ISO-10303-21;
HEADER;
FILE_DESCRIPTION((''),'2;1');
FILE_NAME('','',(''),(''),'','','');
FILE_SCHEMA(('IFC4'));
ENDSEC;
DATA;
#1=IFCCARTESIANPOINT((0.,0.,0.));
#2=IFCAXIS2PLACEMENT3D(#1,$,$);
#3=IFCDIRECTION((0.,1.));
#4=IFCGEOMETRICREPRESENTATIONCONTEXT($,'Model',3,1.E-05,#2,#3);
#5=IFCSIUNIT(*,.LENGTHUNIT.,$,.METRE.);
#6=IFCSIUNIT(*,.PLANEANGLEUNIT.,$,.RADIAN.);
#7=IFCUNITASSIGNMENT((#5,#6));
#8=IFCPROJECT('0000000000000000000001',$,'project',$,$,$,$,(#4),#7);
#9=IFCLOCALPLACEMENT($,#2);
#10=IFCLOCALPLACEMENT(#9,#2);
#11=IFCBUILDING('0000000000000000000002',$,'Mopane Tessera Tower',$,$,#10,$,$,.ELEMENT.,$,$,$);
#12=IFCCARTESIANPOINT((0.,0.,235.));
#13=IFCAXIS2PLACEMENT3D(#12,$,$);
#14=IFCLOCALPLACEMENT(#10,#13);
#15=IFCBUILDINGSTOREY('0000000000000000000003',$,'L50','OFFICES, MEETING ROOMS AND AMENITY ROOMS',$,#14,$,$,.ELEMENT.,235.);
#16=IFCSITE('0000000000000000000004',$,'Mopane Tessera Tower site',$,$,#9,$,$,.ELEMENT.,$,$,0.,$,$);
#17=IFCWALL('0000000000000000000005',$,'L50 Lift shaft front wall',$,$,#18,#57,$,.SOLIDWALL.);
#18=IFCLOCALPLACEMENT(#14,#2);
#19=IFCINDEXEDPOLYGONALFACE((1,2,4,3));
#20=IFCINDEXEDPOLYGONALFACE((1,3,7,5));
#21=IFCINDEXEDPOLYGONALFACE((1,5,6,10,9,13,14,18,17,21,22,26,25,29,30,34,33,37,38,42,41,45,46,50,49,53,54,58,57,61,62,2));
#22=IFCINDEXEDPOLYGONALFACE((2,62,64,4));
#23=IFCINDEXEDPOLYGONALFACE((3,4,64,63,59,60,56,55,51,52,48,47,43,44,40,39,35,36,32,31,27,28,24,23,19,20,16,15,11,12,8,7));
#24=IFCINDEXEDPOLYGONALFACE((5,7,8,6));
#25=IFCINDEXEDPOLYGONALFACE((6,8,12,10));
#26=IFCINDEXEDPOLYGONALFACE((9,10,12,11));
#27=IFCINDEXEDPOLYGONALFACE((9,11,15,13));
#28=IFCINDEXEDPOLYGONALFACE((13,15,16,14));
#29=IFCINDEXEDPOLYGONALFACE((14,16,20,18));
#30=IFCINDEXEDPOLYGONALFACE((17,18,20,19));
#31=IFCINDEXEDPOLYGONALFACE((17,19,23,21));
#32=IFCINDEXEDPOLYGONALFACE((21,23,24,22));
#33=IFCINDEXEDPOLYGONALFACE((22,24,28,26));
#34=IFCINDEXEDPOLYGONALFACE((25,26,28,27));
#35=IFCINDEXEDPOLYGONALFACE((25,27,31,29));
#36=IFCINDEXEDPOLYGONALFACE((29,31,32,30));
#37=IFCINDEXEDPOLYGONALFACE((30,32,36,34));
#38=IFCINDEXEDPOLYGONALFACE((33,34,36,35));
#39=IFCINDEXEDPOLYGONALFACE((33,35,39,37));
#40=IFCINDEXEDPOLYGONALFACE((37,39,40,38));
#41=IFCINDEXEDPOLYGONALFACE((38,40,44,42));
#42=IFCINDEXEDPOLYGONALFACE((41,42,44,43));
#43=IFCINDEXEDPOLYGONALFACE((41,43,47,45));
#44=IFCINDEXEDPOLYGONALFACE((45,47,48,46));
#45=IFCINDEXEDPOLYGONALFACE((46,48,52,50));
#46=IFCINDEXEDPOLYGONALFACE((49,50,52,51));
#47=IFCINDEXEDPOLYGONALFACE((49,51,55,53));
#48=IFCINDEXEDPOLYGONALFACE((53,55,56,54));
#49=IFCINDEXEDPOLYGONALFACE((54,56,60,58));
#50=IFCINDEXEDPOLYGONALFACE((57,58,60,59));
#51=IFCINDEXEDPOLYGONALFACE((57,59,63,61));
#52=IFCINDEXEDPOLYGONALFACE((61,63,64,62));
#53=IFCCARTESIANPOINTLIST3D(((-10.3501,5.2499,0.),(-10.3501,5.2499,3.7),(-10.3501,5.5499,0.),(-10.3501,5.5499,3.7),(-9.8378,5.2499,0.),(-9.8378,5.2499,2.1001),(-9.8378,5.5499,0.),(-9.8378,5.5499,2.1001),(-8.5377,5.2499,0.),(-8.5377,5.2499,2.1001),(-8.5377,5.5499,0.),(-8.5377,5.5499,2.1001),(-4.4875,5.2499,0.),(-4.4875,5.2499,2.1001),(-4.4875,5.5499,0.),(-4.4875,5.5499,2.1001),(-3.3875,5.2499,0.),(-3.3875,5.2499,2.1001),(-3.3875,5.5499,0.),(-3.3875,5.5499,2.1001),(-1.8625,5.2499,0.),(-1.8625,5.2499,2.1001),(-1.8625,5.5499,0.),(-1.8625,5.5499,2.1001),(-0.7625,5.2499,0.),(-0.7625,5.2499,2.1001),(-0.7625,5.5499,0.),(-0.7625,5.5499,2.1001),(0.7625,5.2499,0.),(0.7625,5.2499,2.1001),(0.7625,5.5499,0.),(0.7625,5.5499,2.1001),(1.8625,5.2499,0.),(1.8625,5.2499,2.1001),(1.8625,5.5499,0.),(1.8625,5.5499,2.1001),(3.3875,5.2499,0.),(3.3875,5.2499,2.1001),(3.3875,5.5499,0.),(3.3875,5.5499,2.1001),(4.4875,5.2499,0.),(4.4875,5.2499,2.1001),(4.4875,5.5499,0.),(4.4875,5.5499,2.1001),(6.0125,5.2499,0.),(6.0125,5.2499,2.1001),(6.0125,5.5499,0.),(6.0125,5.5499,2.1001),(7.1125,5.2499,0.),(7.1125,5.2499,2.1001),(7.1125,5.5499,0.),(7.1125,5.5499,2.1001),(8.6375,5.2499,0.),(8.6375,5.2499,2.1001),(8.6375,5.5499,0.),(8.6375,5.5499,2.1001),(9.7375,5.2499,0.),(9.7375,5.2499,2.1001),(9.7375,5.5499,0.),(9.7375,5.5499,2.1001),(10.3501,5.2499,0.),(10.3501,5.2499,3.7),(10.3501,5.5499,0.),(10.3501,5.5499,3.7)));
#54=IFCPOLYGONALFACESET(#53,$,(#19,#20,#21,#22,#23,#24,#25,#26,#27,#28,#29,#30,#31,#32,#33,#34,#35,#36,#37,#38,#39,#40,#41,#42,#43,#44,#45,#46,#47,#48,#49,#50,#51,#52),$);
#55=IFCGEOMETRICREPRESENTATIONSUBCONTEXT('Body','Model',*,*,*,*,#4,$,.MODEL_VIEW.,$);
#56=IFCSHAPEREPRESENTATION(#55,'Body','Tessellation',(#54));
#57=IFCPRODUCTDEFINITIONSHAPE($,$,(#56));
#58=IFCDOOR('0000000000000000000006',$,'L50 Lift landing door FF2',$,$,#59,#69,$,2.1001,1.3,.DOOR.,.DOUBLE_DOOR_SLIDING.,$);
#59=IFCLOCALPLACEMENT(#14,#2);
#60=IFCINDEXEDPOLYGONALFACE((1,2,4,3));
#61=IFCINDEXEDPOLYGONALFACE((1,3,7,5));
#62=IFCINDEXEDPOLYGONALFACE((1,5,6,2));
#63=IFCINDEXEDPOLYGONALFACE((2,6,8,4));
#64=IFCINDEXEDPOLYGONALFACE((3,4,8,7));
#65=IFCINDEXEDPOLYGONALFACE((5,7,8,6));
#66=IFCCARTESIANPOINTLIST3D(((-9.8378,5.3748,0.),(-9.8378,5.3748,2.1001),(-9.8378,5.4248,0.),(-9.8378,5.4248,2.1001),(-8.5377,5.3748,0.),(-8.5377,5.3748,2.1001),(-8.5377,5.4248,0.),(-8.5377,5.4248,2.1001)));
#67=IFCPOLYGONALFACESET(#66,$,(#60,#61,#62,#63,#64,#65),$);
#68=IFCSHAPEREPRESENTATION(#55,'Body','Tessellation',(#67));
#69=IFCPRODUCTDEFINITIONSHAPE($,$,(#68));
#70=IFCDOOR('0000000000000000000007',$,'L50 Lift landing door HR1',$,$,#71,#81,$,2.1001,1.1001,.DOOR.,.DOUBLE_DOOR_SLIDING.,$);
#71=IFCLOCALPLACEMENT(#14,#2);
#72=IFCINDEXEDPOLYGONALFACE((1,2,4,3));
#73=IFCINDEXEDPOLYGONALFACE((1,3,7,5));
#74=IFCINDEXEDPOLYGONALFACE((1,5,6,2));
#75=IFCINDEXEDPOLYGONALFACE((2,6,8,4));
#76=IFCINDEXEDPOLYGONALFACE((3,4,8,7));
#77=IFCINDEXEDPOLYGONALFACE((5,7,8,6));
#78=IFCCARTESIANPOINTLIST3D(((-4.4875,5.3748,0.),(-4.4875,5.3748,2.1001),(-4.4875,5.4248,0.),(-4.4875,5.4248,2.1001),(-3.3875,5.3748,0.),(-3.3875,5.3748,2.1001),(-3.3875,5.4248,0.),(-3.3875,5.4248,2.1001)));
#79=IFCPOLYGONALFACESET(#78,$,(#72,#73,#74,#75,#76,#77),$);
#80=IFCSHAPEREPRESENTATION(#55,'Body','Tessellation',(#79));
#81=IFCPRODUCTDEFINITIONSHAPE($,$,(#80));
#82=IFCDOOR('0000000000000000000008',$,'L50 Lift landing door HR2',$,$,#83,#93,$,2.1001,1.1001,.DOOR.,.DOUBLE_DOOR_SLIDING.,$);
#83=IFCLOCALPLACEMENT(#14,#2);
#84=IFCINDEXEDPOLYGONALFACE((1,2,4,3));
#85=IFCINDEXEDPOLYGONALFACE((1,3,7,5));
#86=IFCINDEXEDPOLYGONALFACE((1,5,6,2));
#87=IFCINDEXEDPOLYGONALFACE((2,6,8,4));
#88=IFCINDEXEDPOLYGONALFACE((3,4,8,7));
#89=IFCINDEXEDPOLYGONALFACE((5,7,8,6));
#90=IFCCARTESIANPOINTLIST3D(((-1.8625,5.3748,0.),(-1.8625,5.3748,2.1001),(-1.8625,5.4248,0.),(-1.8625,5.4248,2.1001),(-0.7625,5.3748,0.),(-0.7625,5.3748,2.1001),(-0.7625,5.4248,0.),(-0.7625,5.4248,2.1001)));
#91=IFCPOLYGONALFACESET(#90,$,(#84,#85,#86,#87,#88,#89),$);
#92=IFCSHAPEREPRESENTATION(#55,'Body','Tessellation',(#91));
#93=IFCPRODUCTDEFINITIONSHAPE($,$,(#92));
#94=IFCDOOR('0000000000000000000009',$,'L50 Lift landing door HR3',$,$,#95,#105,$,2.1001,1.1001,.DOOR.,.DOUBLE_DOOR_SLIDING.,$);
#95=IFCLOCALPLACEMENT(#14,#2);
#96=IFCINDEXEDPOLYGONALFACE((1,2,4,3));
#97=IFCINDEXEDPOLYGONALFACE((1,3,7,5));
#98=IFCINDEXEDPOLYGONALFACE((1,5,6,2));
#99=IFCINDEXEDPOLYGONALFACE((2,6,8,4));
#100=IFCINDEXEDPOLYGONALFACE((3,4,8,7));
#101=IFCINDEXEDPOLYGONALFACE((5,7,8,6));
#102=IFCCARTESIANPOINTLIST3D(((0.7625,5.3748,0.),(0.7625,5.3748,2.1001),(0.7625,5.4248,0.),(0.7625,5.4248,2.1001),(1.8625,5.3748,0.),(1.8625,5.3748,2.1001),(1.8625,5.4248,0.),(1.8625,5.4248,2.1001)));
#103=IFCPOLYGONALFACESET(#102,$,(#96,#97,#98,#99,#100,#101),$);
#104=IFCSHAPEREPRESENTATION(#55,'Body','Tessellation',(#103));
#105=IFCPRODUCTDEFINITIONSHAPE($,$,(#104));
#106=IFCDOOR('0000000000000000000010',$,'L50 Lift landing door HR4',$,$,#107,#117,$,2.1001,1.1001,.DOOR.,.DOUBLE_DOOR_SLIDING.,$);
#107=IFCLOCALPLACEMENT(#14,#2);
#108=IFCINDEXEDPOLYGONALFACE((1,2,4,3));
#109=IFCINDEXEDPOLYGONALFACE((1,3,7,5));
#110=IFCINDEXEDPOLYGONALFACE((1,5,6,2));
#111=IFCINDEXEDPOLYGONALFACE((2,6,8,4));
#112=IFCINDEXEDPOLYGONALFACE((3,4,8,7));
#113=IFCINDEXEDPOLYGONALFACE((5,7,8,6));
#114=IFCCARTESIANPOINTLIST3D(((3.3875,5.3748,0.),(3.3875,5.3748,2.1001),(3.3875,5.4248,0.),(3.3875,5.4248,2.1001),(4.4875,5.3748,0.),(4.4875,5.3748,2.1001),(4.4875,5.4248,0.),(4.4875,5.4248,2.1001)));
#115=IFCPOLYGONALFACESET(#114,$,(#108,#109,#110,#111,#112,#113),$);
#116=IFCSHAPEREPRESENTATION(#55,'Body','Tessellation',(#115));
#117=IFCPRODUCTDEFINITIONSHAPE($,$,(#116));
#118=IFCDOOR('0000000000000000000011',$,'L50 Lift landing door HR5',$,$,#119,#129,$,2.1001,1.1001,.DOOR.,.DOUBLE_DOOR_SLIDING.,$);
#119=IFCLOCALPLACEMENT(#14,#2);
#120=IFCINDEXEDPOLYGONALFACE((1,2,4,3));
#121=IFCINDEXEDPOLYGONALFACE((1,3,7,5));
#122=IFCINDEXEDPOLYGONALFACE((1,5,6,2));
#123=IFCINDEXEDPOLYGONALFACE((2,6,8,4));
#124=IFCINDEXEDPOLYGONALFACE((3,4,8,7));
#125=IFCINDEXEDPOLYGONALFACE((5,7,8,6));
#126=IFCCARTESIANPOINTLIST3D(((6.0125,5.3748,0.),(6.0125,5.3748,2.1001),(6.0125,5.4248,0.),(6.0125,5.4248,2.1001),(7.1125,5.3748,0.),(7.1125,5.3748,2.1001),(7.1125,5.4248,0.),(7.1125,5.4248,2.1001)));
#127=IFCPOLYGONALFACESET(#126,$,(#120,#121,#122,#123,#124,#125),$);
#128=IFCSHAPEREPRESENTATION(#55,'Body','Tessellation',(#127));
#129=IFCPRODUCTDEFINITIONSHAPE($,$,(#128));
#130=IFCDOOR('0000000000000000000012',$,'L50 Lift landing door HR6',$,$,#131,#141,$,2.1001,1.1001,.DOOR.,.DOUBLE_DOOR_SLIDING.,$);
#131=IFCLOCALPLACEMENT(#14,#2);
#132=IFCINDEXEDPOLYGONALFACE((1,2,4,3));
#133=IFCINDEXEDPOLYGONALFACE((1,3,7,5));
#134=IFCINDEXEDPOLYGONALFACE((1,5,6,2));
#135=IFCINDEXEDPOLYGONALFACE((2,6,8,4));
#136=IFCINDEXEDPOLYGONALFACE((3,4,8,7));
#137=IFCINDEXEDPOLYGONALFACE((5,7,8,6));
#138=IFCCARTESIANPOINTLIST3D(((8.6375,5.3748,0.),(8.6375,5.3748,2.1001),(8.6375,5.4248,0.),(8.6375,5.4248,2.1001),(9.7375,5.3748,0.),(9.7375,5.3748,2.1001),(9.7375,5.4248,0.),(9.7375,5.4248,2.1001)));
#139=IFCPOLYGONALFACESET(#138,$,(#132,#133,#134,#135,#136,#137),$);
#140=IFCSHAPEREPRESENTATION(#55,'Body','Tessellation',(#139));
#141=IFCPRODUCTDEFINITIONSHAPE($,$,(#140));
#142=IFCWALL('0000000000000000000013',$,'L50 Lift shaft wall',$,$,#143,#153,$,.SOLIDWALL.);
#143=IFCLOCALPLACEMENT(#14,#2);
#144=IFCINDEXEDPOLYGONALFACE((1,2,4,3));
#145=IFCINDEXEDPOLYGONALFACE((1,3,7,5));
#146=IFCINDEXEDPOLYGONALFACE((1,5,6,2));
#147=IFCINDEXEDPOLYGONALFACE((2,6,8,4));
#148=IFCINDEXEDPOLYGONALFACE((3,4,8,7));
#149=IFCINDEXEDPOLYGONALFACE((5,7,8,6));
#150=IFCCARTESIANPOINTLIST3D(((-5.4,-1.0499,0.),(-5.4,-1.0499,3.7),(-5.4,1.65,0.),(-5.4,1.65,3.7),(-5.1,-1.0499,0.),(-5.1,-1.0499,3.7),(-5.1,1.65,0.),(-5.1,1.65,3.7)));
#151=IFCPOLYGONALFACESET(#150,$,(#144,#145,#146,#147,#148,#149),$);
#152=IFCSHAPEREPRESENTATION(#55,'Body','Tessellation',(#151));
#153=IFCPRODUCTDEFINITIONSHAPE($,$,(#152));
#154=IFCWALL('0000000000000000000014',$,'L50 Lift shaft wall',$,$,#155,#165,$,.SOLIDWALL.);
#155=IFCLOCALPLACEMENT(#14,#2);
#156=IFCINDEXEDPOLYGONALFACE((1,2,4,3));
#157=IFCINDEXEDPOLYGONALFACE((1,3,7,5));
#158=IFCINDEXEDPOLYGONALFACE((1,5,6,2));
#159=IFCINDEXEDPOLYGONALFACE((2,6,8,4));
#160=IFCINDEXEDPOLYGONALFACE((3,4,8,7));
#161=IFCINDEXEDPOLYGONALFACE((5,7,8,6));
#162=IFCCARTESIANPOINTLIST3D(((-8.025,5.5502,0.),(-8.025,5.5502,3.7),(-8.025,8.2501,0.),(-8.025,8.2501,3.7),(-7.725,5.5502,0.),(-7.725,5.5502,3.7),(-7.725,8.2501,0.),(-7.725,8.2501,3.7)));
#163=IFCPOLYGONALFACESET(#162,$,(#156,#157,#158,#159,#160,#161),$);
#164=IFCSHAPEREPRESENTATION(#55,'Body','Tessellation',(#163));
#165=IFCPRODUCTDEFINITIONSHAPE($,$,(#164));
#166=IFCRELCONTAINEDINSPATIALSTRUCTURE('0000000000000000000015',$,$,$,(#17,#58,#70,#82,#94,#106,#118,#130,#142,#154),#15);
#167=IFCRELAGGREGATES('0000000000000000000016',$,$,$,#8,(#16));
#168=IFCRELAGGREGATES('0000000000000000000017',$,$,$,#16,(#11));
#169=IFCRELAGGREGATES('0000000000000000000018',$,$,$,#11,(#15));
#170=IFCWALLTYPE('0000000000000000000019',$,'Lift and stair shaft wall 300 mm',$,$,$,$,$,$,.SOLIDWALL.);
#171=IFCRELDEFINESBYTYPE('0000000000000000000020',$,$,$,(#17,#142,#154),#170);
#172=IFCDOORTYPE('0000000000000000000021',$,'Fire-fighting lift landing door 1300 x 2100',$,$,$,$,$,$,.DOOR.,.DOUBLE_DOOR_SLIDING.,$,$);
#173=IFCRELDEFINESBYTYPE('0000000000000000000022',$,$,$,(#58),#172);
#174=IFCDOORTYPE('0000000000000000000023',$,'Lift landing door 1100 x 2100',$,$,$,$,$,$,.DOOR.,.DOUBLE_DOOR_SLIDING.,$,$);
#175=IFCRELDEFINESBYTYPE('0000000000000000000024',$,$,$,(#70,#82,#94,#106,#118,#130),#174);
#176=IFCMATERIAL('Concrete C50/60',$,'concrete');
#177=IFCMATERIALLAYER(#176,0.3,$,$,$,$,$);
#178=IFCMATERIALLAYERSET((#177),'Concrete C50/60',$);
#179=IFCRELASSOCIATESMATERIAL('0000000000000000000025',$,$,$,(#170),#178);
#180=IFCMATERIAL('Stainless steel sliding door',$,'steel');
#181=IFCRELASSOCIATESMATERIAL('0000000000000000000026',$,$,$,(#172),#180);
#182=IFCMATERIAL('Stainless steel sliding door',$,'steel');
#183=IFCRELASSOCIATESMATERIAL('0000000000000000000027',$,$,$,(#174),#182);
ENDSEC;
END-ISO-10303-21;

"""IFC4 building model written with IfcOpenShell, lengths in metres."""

from ifc_helpers import new_model, si_unit, direction, frame, frame_2d, origin, place, context, subcontext, project, spatial, rectangle, extrude, material, layer, layer_set, type_object, element, fill, save


model = new_model("IFC4")

# Units and contexts
model_context = context("Model", 3, precision=1e-05, world=origin(), true_north=direction((0.0, 1.0)))
body_context = subcontext(model_context, "Body", "Model", "MODEL_VIEW")
ifc_project = project(units=[si_unit("LENGTHUNIT", "METRE"), si_unit("PLANEANGLEUNIT", "RADIAN")], contexts=[model_context])

# Site, building, storey
site_placement = place(None, origin())
site = spatial("IfcSite", under=ifc_project, at=site_placement, Name="Mopane Tessera Tower site", CompositionType="ELEMENT", RefElevation=0.0)
building_placement = place(site_placement, origin())
building = spatial("IfcBuilding", under=site, at=building_placement, Name="Mopane Tessera Tower", CompositionType="ELEMENT")
storey_placement = place(building_placement, frame((0.0, 0.0, 235.0)))
storey = spatial("IfcBuildingStorey", under=building, at=storey_placement, Name="L50", Description="OFFICES, MEETING ROOMS AND AMENITY ROOMS", CompositionType="ELEMENT", Elevation=235.0)

# Wall, openings, doors
ifc_material_1 = material(Name="Concrete C50/60", Category="concrete")
ifc_layer_1 = layer(ifc_material_1, 0.3)
ifc_layer_set_1 = layer_set([ifc_layer_1], Name="Concrete C50/60")
wall_type_1 = type_object("IfcWallType", Name="Lift and stair shaft wall 300 mm", PredefinedType="SOLIDWALL", material=ifc_layer_set_1)
ifc_material_2 = material(Name="Stainless steel sliding door", Category="steel")
door_type_1 = type_object("IfcDoorType", Name="Fire-fighting lift landing door 1300 x 2100", OperationType="DOUBLE_DOOR_SLIDING", PredefinedType="DOOR", material=ifc_material_2)
wall_1_placement = place(storey_placement, frame((-10.3501, 5.3999, 0.0), z_axis=(0.0, 0.0, 1.0), x_axis=(1.0, 0.0, 0.0)))
wall_1 = element("IfcWall", 1, at=wall_1_placement, inside=storey, type_object=wall_type_1, Name="L50 Lift shaft front wall", PredefinedType="SOLIDWALL", context=body_context, shape_type="SweptSolid", body=[
    extrude(rectangle(XDim=20.7002, YDim=0.3, at=frame_2d((10.3501, 0.0))), origin(), (0.0, 0.0, 1.0), 3.7),
])
opening_1_placement = place(wall_1_placement, frame((0.5125, 0.0, 0.0)))
opening_1 = element("IfcOpeningElement", 2, at=opening_1_placement, cuts=wall_1, PredefinedType="OPENING", context=body_context, shape_type="SweptSolid", body=[
    extrude(rectangle(XDim=1.3, YDim=2.1001, at=frame_2d((0.6499, 1.05))), frame((0.0, 0.1621, 0.0), z_axis=(0.0, -1.0, 0.0), x_axis=(1.0, 0.0, 0.0)), (0.0, 0.0, 1.0), 0.324),
])
opening_2_placement = place(wall_1_placement, frame((5.8625, 0.0, 0.0)))
opening_2 = element("IfcOpeningElement", 3, at=opening_2_placement, cuts=wall_1, PredefinedType="OPENING", context=body_context, shape_type="SweptSolid", body=[
    extrude(rectangle(XDim=1.1001, YDim=2.1001, at=frame_2d((0.55, 1.05))), frame((0.0, 0.1621, 0.0), z_axis=(0.0, -1.0, 0.0), x_axis=(1.0, 0.0, 0.0)), (0.0, 0.0, 1.0), 0.324),
])
opening_3_placement = place(wall_1_placement, frame((8.4875, 0.0, 0.0)))
opening_3 = element("IfcOpeningElement", 4, at=opening_3_placement, cuts=wall_1, PredefinedType="OPENING", context=body_context, shape_type="SweptSolid", body=[
    extrude(rectangle(XDim=1.1001, YDim=2.1001, at=frame_2d((0.55, 1.05))), frame((0.0, 0.1621, 0.0), z_axis=(0.0, -1.0, 0.0), x_axis=(1.0, 0.0, 0.0)), (0.0, 0.0, 1.0), 0.324),
])
opening_4_placement = place(wall_1_placement, frame((11.1125, 0.0, 0.0)))
opening_4 = element("IfcOpeningElement", 5, at=opening_4_placement, cuts=wall_1, PredefinedType="OPENING", context=body_context, shape_type="SweptSolid", body=[
    extrude(rectangle(XDim=1.1001, YDim=2.1001, at=frame_2d((0.55, 1.05))), frame((0.0, 0.1621, 0.0), z_axis=(0.0, -1.0, 0.0), x_axis=(1.0, 0.0, 0.0)), (0.0, 0.0, 1.0), 0.324),
])
opening_5_placement = place(wall_1_placement, frame((13.7375, 0.0, 0.0)))
opening_5 = element("IfcOpeningElement", 6, at=opening_5_placement, cuts=wall_1, PredefinedType="OPENING", context=body_context, shape_type="SweptSolid", body=[
    extrude(rectangle(XDim=1.1001, YDim=2.1001, at=frame_2d((0.55, 1.05))), frame((0.0, 0.1621, 0.0), z_axis=(0.0, -1.0, 0.0), x_axis=(1.0, 0.0, 0.0)), (0.0, 0.0, 1.0), 0.324),
])
opening_6_placement = place(wall_1_placement, frame((16.3625, 0.0, 0.0)))
opening_6 = element("IfcOpeningElement", 7, at=opening_6_placement, cuts=wall_1, PredefinedType="OPENING", context=body_context, shape_type="SweptSolid", body=[
    extrude(rectangle(XDim=1.1001, YDim=2.1001, at=frame_2d((0.55, 1.05))), frame((0.0, 0.1621, 0.0), z_axis=(0.0, -1.0, 0.0), x_axis=(1.0, 0.0, 0.0)), (0.0, 0.0, 1.0), 0.324),
])
opening_7_placement = place(wall_1_placement, frame((18.9875, 0.0, 0.0)))
opening_7 = element("IfcOpeningElement", 8, at=opening_7_placement, cuts=wall_1, PredefinedType="OPENING", context=body_context, shape_type="SweptSolid", body=[
    extrude(rectangle(XDim=1.1001, YDim=2.1001, at=frame_2d((0.55, 1.05))), frame((0.0, 0.1621, 0.0), z_axis=(0.0, -1.0, 0.0), x_axis=(1.0, 0.0, 0.0)), (0.0, 0.0, 1.0), 0.324),
])
door_1_placement = place(opening_1_placement, origin())
door_1 = element("IfcDoor", 9, at=door_1_placement, inside=storey, type_object=door_type_1, Name="L50 Lift landing door FF2", OperationType="DOUBLE_DOOR_SLIDING", OverallHeight=2.1001, OverallWidth=1.3, PredefinedType="DOOR", context=body_context, shape_type="SweptSolid", body=[
    extrude(rectangle(XDim=1.3, YDim=2.1001, at=frame_2d((0.6499, 1.05))), frame((0.0, 0.0249, 0.0), z_axis=(0.0, -1.0, 0.0), x_axis=(1.0, 0.0, 0.0)), (0.0, 0.0, 1.0), 0.05),
])
fill(opening_1, door_1)
ifc_material_3 = material(Name="Stainless steel sliding door", Category="steel")
door_type_2 = type_object("IfcDoorType", Name="Lift landing door 1100 x 2100", OperationType="DOUBLE_DOOR_SLIDING", PredefinedType="DOOR", material=ifc_material_3)
door_2_placement = place(opening_2_placement, origin())
door_2 = element("IfcDoor", 10, at=door_2_placement, inside=storey, type_object=door_type_2, Name="L50 Lift landing door HR1", OperationType="DOUBLE_DOOR_SLIDING", OverallHeight=2.1001, OverallWidth=1.1001, PredefinedType="DOOR", context=body_context, shape_type="SweptSolid", body=[
    extrude(rectangle(XDim=1.1001, YDim=2.1001, at=frame_2d((0.55, 1.05))), frame((0.0, 0.0249, 0.0), z_axis=(0.0, -1.0, 0.0), x_axis=(1.0, 0.0, 0.0)), (0.0, 0.0, 1.0), 0.05),
])
fill(opening_2, door_2)
door_3_placement = place(opening_3_placement, origin())
door_3 = element("IfcDoor", 11, at=door_3_placement, inside=storey, type_object=door_type_2, Name="L50 Lift landing door HR2", OperationType="DOUBLE_DOOR_SLIDING", OverallHeight=2.1001, OverallWidth=1.1001, PredefinedType="DOOR", context=body_context, shape_type="SweptSolid", body=[
    extrude(rectangle(XDim=1.1001, YDim=2.1001, at=frame_2d((0.55, 1.05))), frame((0.0, 0.0249, 0.0), z_axis=(0.0, -1.0, 0.0), x_axis=(1.0, 0.0, 0.0)), (0.0, 0.0, 1.0), 0.05),
])
fill(opening_3, door_3)
door_4_placement = place(opening_4_placement, origin())
door_4 = element("IfcDoor", 12, at=door_4_placement, inside=storey, type_object=door_type_2, Name="L50 Lift landing door HR3", OperationType="DOUBLE_DOOR_SLIDING", OverallHeight=2.1001, OverallWidth=1.1001, PredefinedType="DOOR", context=body_context, shape_type="SweptSolid", body=[
    extrude(rectangle(XDim=1.1001, YDim=2.1001, at=frame_2d((0.55, 1.05))), frame((0.0, 0.0249, 0.0), z_axis=(0.0, -1.0, 0.0), x_axis=(1.0, 0.0, 0.0)), (0.0, 0.0, 1.0), 0.05),
])
fill(opening_4, door_4)
door_5_placement = place(opening_5_placement, origin())
door_5 = element("IfcDoor", 13, at=door_5_placement, inside=storey, type_object=door_type_2, Name="L50 Lift landing door HR4", OperationType="DOUBLE_DOOR_SLIDING", OverallHeight=2.1001, OverallWidth=1.1001, PredefinedType="DOOR", context=body_context, shape_type="SweptSolid", body=[
    extrude(rectangle(XDim=1.1001, YDim=2.1001, at=frame_2d((0.55, 1.05))), frame((0.0, 0.0249, 0.0), z_axis=(0.0, -1.0, 0.0), x_axis=(1.0, 0.0, 0.0)), (0.0, 0.0, 1.0), 0.05),
])
fill(opening_5, door_5)
door_6_placement = place(opening_6_placement, origin())
door_6 = element("IfcDoor", 14, at=door_6_placement, inside=storey, type_object=door_type_2, Name="L50 Lift landing door HR5", OperationType="DOUBLE_DOOR_SLIDING", OverallHeight=2.1001, OverallWidth=1.1001, PredefinedType="DOOR", context=body_context, shape_type="SweptSolid", body=[
    extrude(rectangle(XDim=1.1001, YDim=2.1001, at=frame_2d((0.55, 1.05))), frame((0.0, 0.0249, 0.0), z_axis=(0.0, -1.0, 0.0), x_axis=(1.0, 0.0, 0.0)), (0.0, 0.0, 1.0), 0.05),
])
fill(opening_6, door_6)
door_7_placement = place(opening_7_placement, origin())
door_7 = element("IfcDoor", 15, at=door_7_placement, inside=storey, type_object=door_type_2, Name="L50 Lift landing door HR6", OperationType="DOUBLE_DOOR_SLIDING", OverallHeight=2.1001, OverallWidth=1.1001, PredefinedType="DOOR", context=body_context, shape_type="SweptSolid", body=[
    extrude(rectangle(XDim=1.1001, YDim=2.1001, at=frame_2d((0.55, 1.05))), frame((0.0, 0.0249, 0.0), z_axis=(0.0, -1.0, 0.0), x_axis=(1.0, 0.0, 0.0)), (0.0, 0.0, 1.0), 0.05),
])
fill(opening_7, door_7)

# Walls
for number, where, z_axis, x_axis, name in (
    (16, (-5.25, -1.05, 0.0), (0.0, 0.0, 1.0), (0.0, 1.0, 0.0), "L50 Lift shaft wall"),
    (17, (-7.875, 5.55, 0.0), (0.0, 0.0, 1.0), (0.0, 1.0, 0.0), "L50 Lift shaft wall"),
):
    element("IfcWall", number, at=place(storey_placement, frame(where, z_axis=z_axis, x_axis=x_axis)), inside=storey, type_object=wall_type_1, Name=name, PredefinedType="SOLIDWALL", context=body_context, shape_type="SweptSolid", body=[
        extrude(rectangle(XDim=2.7, YDim=0.3, at=frame_2d((1.3501, 0.0))), origin(), (0.0, 0.0, 1.0), 3.7),
    ])

save(model, "model.ifc")
